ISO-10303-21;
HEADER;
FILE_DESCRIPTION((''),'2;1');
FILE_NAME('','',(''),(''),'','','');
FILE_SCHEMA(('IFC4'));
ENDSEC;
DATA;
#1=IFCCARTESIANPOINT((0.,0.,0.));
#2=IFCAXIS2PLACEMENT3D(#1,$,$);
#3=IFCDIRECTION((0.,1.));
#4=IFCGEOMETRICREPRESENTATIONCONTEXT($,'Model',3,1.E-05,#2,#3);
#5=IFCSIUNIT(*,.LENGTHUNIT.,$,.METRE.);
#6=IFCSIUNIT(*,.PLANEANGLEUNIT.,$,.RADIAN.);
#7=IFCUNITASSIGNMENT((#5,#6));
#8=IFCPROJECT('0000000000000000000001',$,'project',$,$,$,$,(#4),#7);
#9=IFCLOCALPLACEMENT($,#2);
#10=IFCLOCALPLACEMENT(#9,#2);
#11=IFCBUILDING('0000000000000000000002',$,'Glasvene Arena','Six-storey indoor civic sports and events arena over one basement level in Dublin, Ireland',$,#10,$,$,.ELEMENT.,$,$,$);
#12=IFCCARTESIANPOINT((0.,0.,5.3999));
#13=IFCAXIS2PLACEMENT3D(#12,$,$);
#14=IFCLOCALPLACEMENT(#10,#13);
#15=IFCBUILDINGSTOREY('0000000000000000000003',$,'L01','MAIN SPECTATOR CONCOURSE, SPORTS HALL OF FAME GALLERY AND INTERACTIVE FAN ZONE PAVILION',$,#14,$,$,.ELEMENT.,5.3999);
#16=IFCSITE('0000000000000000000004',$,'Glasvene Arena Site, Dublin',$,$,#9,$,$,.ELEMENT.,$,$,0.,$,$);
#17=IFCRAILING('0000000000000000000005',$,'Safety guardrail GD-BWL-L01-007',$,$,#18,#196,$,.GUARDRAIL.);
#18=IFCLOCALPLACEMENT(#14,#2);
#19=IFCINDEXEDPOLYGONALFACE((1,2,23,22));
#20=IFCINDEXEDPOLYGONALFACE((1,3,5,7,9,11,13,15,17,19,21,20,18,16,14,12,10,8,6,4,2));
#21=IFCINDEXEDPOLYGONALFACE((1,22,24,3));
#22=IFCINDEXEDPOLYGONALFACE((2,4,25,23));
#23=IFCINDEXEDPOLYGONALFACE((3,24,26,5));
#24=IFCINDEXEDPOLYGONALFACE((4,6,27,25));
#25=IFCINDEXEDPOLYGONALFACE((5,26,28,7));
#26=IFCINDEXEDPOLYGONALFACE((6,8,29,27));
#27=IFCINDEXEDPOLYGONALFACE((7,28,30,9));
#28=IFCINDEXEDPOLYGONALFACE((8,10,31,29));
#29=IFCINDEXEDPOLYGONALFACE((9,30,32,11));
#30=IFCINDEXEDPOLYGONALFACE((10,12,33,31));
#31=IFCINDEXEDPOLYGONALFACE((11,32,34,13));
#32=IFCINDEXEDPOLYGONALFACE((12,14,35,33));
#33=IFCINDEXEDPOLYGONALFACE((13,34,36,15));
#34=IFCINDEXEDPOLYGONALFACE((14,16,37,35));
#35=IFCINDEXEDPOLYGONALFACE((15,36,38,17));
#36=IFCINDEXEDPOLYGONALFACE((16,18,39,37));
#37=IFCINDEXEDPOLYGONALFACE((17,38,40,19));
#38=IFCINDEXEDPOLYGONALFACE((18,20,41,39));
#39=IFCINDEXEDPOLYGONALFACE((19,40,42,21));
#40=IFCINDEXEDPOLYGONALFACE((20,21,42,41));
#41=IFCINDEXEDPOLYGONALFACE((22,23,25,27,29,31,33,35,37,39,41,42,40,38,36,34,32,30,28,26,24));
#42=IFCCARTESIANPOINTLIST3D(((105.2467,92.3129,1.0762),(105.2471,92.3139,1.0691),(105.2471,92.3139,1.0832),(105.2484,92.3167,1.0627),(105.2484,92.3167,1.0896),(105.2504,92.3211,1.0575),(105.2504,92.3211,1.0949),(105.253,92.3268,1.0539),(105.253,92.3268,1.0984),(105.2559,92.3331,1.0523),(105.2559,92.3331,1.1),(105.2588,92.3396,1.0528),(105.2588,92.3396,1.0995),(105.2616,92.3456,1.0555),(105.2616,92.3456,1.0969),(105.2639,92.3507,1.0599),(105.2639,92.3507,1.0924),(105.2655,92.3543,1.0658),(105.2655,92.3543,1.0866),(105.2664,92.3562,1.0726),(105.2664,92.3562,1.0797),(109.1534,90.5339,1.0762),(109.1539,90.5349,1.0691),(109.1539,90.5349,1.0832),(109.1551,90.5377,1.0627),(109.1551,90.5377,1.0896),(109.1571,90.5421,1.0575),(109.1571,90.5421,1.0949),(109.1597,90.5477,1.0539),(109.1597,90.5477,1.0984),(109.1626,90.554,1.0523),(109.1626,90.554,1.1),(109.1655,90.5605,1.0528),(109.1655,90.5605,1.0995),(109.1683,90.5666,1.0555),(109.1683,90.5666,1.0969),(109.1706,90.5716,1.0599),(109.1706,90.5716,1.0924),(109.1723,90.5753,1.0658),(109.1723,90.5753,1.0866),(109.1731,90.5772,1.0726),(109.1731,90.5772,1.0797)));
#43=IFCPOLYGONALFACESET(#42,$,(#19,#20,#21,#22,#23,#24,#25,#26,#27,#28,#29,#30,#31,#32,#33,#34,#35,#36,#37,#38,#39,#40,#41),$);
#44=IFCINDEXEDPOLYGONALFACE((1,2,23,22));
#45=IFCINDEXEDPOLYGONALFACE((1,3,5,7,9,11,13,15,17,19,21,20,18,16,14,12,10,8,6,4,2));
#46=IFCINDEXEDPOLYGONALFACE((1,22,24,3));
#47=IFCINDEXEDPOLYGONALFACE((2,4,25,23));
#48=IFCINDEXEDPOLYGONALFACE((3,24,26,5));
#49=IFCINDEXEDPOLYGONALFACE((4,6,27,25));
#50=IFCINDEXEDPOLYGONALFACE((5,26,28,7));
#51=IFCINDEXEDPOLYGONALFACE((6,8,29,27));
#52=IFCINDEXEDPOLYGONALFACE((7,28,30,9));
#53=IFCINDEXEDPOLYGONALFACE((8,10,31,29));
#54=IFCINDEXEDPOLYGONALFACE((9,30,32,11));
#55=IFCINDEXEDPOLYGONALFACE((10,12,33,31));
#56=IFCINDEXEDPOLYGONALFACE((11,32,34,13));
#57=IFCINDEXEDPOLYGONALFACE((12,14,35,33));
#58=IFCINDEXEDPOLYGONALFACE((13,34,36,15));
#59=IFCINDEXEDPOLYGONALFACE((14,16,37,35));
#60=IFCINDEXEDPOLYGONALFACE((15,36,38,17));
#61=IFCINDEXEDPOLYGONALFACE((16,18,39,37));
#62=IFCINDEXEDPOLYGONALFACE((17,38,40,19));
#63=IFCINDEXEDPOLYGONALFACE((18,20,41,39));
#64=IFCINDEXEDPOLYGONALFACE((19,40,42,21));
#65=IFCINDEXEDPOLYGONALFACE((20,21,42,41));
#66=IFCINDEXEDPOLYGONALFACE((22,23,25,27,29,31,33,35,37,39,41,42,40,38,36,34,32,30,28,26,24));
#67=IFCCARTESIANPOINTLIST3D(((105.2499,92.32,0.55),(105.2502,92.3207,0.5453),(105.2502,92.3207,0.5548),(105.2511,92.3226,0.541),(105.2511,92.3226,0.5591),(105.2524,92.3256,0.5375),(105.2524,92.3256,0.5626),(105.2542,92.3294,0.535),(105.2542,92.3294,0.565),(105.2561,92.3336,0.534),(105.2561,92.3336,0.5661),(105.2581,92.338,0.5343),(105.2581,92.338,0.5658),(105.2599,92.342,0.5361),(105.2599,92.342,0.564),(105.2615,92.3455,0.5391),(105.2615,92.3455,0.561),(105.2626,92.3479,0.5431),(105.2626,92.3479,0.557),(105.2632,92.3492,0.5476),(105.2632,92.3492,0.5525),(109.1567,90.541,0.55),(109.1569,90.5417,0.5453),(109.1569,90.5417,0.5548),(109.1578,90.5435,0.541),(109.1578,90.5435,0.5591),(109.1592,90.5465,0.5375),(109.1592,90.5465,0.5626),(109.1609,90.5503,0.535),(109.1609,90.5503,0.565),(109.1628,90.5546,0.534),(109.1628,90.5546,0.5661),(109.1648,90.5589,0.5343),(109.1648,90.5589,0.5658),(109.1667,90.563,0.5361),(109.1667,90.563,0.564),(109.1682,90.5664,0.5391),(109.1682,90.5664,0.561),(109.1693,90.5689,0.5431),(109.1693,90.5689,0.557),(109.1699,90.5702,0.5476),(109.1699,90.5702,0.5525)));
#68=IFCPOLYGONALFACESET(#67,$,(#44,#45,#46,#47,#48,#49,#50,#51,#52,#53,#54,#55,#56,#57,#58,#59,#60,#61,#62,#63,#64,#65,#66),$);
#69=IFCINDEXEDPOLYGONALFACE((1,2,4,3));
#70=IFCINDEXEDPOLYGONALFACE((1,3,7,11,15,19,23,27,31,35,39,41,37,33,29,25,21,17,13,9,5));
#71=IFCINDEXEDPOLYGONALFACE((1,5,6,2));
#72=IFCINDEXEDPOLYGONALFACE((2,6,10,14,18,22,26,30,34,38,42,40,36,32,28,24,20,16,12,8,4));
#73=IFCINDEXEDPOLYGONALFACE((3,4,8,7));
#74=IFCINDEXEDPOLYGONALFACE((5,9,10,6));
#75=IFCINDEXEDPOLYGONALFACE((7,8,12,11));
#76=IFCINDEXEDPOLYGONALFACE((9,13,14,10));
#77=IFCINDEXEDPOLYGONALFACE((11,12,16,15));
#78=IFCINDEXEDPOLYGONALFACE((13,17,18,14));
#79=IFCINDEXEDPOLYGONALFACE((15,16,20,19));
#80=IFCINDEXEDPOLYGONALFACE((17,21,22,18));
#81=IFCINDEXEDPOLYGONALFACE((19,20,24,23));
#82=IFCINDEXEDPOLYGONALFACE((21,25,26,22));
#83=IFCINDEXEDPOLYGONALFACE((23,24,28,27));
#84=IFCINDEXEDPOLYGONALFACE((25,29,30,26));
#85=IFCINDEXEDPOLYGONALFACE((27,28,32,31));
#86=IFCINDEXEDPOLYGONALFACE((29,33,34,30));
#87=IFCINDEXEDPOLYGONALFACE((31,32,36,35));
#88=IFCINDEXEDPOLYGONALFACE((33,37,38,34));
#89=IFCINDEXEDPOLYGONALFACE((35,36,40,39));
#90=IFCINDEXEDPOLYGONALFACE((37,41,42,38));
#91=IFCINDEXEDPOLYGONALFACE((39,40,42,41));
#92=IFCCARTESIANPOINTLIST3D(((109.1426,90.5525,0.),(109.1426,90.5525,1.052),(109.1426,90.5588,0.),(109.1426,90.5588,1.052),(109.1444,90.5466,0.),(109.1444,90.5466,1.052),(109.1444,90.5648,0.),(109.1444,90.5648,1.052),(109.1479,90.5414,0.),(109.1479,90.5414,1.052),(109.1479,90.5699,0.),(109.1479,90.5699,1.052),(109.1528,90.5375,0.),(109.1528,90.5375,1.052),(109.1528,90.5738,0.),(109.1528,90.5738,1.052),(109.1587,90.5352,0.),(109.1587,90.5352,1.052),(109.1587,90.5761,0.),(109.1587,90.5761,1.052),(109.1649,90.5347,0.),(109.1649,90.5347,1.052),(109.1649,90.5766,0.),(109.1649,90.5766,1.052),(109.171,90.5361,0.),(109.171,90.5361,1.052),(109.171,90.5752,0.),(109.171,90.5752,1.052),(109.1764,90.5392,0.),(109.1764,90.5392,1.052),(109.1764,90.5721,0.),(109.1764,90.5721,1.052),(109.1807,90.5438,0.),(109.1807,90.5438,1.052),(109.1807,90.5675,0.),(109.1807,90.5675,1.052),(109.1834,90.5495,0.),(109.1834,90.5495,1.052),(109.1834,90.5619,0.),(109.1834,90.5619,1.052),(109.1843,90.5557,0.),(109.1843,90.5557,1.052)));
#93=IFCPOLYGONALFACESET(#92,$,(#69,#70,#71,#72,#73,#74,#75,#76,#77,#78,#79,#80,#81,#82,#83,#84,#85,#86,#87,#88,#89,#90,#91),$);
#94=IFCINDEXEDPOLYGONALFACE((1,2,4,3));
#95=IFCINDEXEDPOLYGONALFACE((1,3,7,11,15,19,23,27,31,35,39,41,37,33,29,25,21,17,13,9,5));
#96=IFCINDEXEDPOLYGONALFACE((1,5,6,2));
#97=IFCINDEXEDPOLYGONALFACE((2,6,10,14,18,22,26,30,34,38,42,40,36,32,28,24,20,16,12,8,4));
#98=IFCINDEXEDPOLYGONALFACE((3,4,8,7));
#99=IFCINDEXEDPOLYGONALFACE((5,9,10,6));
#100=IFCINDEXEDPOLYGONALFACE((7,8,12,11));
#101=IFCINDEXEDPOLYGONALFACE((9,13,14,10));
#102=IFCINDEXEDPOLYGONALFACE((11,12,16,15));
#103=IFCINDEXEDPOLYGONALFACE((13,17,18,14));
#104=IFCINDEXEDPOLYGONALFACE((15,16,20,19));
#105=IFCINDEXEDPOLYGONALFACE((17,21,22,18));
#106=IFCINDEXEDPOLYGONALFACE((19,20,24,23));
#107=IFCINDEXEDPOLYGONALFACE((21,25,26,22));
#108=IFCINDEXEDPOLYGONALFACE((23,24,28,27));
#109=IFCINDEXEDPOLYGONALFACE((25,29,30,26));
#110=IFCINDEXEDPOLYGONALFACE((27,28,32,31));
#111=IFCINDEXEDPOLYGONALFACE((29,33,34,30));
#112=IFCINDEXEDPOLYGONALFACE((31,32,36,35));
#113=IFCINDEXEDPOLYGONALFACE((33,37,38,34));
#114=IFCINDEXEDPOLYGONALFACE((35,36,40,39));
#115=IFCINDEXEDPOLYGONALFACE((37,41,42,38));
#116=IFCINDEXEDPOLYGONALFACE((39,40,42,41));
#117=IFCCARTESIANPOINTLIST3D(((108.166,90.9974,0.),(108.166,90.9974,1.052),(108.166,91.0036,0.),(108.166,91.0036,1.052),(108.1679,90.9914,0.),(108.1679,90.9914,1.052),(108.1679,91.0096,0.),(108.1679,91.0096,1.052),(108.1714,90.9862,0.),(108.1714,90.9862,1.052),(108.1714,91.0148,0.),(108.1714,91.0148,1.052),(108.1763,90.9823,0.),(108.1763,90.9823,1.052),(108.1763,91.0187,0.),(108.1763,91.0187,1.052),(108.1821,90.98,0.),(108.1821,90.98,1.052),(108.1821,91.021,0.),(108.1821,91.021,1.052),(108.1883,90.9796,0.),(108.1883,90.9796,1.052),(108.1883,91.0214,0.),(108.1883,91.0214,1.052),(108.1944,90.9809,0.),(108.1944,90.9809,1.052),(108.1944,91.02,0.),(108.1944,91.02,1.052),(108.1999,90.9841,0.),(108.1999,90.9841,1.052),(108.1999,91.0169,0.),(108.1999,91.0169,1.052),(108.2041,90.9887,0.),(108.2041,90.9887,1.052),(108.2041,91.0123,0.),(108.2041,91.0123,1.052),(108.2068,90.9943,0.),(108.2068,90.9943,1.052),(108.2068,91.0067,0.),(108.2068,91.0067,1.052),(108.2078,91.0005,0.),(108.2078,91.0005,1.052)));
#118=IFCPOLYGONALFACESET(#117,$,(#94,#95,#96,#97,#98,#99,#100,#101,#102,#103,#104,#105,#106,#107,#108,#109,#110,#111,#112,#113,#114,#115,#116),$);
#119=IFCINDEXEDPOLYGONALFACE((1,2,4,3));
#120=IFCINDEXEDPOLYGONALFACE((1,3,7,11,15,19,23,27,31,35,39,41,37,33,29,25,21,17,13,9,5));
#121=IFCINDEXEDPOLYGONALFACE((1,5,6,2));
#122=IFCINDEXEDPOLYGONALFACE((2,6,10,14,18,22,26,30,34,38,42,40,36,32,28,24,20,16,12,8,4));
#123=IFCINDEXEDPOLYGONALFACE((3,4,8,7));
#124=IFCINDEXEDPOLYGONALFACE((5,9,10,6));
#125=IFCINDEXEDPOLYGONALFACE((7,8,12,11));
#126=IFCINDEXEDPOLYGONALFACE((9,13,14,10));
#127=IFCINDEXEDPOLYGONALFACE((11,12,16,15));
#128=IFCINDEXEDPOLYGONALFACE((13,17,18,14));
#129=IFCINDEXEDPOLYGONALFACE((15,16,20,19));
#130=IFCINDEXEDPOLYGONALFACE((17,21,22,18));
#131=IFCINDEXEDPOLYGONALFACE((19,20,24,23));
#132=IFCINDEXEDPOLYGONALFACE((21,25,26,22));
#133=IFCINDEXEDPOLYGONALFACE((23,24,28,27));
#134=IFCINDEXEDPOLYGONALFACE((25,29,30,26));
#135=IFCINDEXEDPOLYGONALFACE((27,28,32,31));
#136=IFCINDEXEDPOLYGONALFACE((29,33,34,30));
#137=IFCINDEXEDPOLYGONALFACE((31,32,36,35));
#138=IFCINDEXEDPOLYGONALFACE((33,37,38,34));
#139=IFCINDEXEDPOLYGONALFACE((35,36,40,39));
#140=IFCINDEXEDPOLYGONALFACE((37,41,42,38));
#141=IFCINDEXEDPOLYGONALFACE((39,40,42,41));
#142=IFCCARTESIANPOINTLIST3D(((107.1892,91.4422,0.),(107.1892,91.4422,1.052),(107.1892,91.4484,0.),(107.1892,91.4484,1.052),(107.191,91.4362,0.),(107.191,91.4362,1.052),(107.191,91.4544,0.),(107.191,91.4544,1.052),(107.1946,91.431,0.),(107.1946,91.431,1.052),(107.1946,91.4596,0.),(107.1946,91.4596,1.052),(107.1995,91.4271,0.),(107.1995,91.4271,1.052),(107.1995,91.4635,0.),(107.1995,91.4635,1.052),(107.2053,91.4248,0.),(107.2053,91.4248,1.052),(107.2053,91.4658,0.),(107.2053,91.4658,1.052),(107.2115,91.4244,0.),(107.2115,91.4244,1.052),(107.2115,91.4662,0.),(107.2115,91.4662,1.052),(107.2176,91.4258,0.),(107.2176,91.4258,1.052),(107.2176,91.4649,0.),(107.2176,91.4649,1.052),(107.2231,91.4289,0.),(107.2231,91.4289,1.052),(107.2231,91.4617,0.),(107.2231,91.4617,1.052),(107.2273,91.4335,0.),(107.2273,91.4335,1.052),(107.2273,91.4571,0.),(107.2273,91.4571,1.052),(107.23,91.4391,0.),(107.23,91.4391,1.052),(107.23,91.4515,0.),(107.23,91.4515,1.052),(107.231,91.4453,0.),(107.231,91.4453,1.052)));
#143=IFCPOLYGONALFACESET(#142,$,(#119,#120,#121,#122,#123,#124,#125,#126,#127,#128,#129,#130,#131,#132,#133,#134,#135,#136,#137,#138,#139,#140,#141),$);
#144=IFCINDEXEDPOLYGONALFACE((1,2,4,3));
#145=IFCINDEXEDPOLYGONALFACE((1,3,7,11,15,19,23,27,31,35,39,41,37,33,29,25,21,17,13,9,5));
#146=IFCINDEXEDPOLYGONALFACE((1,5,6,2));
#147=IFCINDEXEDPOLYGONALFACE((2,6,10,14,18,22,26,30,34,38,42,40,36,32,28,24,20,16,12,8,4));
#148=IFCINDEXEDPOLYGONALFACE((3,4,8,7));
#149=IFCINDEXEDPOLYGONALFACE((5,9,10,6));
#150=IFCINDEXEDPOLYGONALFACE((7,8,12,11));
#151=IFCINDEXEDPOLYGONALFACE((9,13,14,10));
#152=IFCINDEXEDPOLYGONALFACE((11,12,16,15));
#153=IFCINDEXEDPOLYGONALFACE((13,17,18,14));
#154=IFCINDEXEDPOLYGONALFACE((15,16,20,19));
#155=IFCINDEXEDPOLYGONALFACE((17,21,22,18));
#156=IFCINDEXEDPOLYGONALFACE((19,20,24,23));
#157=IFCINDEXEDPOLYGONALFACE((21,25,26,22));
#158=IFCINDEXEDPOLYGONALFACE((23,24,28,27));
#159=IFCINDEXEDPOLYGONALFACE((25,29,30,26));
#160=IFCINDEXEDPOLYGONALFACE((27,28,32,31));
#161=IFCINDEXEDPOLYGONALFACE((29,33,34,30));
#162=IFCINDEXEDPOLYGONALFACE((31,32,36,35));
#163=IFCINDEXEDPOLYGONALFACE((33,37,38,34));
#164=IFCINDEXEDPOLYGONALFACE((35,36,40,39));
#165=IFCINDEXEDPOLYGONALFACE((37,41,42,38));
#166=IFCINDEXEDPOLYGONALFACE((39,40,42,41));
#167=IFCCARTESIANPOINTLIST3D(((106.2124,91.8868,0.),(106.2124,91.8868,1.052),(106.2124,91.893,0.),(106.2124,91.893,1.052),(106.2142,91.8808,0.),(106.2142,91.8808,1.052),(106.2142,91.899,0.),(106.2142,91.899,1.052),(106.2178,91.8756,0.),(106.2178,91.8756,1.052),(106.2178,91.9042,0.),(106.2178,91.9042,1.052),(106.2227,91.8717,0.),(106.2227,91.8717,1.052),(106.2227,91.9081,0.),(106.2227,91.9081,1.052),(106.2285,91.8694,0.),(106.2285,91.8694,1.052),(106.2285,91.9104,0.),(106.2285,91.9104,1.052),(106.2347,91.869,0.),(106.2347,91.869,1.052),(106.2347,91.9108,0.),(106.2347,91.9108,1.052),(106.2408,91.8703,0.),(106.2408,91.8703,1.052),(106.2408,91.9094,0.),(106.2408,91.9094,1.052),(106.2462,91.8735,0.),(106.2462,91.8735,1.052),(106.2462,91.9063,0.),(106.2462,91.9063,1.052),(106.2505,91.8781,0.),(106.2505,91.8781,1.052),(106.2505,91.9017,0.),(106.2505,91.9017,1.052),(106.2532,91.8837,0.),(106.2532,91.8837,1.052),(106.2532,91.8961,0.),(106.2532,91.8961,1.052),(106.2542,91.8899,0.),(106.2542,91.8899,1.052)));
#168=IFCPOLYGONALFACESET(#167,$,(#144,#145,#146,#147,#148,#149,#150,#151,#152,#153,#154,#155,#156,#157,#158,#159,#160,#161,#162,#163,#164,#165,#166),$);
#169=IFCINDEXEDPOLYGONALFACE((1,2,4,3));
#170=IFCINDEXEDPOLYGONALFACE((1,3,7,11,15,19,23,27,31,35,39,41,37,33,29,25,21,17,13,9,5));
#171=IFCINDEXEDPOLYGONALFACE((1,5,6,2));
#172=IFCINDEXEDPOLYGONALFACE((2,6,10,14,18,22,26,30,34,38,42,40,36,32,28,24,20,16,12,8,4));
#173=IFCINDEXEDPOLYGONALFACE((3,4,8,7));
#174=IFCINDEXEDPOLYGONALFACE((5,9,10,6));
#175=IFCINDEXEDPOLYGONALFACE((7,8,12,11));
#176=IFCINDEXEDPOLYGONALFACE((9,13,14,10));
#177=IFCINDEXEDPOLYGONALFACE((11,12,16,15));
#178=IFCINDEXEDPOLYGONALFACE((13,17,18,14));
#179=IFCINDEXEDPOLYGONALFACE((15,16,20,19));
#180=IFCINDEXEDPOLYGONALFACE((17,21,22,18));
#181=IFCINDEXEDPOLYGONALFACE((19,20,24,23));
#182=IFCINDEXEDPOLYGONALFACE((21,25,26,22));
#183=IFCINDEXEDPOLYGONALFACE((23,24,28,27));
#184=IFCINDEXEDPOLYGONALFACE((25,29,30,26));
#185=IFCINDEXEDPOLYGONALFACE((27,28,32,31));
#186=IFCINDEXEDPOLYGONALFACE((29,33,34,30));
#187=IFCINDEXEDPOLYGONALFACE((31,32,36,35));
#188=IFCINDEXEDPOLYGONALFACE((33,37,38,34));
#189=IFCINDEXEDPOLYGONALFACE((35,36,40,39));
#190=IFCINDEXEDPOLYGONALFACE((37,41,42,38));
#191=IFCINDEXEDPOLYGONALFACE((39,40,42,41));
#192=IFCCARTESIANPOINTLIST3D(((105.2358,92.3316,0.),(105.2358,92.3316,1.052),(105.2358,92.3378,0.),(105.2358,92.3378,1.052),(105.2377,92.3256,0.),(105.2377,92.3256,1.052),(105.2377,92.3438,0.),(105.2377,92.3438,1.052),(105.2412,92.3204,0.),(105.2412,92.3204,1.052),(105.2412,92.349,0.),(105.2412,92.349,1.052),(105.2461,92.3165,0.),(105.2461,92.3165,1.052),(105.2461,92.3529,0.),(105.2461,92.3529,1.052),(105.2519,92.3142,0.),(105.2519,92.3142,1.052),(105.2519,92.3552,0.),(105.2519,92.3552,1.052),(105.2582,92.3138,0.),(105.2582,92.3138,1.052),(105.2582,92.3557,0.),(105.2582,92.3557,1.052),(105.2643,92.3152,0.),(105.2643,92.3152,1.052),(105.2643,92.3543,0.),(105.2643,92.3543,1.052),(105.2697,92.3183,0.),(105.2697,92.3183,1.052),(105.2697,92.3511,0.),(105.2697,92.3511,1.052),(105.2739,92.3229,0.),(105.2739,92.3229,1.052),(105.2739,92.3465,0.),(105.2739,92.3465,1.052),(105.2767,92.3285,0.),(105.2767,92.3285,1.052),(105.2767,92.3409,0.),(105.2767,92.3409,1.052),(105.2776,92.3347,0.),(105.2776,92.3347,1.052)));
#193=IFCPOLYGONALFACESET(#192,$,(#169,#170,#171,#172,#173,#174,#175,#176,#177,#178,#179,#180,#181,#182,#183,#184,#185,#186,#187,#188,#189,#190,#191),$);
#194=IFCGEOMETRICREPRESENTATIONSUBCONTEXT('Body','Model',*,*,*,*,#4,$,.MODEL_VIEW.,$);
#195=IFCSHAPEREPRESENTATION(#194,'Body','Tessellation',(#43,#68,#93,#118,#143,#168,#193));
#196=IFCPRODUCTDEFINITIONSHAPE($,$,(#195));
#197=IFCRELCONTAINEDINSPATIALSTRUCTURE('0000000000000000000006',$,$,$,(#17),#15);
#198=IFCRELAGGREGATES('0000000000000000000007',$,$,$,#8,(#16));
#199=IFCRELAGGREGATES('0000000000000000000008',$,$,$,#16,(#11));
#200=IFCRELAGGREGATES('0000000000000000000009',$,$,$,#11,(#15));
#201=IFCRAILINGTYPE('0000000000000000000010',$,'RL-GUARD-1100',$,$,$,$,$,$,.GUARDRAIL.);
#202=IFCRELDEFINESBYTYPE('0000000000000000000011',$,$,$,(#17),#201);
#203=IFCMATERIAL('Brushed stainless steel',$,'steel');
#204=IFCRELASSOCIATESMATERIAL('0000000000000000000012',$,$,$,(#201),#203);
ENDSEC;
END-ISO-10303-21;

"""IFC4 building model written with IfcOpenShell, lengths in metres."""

from ifc_helpers import new_model, si_unit, direction, frame, origin, origin_2d, place, context, subcontext, project, spatial, circle, extrude, material, type_object, element, save


model = new_model("IFC4")

# Units and contexts
model_context = context("Model", 3, precision=1e-05, world=origin(), true_north=direction((0.0, 1.0)))
body_context = subcontext(model_context, "Body", "Model", "MODEL_VIEW")
ifc_project = project(units=[si_unit("LENGTHUNIT", "METRE"), si_unit("PLANEANGLEUNIT", "RADIAN")], contexts=[model_context])

# Site, building, storey
site_placement = place(None, origin())
site = spatial("IfcSite", under=ifc_project, at=site_placement, Name="Glasvene Arena Site, Dublin", CompositionType="ELEMENT", RefElevation=0.0)
building_placement = place(site_placement, origin())
building = spatial("IfcBuilding", under=site, at=building_placement, Name="Glasvene Arena", Description="Six-storey indoor civic sports and events arena over one basement level in Dublin, Ireland", CompositionType="ELEMENT")
storey_placement = place(building_placement, frame((0.0, 0.0, 5.3999)))
storey = spatial("IfcBuildingStorey", under=building, at=storey_placement, Name="L01", Description="MAIN SPECTATOR CONCOURSE, SPORTS HALL OF FAME GALLERY AND INTERACTIVE FAN ZONE PAVILION", CompositionType="ELEMENT", Elevation=5.3999)

# Railing
ifc_material_1 = material(Name="Brushed stainless steel", Category="steel")
railing_type = type_object("IfcRailingType", Name="RL-GUARD-1100", PredefinedType="GUARDRAIL", material=ifc_material_1)
railing_1_placement = place(storey_placement, frame((109.1633, 90.5557, 0.0)))
element("IfcRailing", 1, at=railing_1_placement, inside=storey, type_object=railing_type, Name="Safety guardrail GD-BWL-L01-007", PredefinedType="GUARDRAIL", context=body_context, shape_type="SweptSolid", body=[
    extrude(circle(Radius=0.0239, at=origin_2d()), frame((0.0, 0.0, 1.0762), z_axis=(-0.91008, 0.414433, 0.0), x_axis=(-0.414433, -0.91008, 0.0)), (0.0, 0.0, 1.0), 4.2927),
    extrude(circle(Radius=0.0161, at=origin_2d()), frame((0.0, 0.0, 0.55), z_axis=(-0.91008, 0.414433, 0.0), x_axis=(-0.414433, -0.91008, 0.0)), (0.0, 0.0, 1.0), 4.2927),
    extrude(circle(Radius=0.021, at=origin_2d()), origin(), (0.0, 0.0, 1.0), 1.052),
    extrude(circle(Radius=0.021, at=origin_2d()), frame((-0.9766, 0.4448, 0.0)), (0.0, 0.0, 1.0), 1.052),
    extrude(circle(Radius=0.021, at=origin_2d()), frame((-1.9534, 0.8896, 0.0)), (0.0, 0.0, 1.0), 1.052),
    extrude(circle(Radius=0.021, at=origin_2d()), frame((-2.9302, 1.3342, 0.0)), (0.0, 0.0, 1.0), 1.052),
    extrude(circle(Radius=0.021, at=origin_2d()), frame((-3.9067, 1.7791, 0.0)), (0.0, 0.0, 1.0), 1.052),
])

save(model, "model.ifc")
